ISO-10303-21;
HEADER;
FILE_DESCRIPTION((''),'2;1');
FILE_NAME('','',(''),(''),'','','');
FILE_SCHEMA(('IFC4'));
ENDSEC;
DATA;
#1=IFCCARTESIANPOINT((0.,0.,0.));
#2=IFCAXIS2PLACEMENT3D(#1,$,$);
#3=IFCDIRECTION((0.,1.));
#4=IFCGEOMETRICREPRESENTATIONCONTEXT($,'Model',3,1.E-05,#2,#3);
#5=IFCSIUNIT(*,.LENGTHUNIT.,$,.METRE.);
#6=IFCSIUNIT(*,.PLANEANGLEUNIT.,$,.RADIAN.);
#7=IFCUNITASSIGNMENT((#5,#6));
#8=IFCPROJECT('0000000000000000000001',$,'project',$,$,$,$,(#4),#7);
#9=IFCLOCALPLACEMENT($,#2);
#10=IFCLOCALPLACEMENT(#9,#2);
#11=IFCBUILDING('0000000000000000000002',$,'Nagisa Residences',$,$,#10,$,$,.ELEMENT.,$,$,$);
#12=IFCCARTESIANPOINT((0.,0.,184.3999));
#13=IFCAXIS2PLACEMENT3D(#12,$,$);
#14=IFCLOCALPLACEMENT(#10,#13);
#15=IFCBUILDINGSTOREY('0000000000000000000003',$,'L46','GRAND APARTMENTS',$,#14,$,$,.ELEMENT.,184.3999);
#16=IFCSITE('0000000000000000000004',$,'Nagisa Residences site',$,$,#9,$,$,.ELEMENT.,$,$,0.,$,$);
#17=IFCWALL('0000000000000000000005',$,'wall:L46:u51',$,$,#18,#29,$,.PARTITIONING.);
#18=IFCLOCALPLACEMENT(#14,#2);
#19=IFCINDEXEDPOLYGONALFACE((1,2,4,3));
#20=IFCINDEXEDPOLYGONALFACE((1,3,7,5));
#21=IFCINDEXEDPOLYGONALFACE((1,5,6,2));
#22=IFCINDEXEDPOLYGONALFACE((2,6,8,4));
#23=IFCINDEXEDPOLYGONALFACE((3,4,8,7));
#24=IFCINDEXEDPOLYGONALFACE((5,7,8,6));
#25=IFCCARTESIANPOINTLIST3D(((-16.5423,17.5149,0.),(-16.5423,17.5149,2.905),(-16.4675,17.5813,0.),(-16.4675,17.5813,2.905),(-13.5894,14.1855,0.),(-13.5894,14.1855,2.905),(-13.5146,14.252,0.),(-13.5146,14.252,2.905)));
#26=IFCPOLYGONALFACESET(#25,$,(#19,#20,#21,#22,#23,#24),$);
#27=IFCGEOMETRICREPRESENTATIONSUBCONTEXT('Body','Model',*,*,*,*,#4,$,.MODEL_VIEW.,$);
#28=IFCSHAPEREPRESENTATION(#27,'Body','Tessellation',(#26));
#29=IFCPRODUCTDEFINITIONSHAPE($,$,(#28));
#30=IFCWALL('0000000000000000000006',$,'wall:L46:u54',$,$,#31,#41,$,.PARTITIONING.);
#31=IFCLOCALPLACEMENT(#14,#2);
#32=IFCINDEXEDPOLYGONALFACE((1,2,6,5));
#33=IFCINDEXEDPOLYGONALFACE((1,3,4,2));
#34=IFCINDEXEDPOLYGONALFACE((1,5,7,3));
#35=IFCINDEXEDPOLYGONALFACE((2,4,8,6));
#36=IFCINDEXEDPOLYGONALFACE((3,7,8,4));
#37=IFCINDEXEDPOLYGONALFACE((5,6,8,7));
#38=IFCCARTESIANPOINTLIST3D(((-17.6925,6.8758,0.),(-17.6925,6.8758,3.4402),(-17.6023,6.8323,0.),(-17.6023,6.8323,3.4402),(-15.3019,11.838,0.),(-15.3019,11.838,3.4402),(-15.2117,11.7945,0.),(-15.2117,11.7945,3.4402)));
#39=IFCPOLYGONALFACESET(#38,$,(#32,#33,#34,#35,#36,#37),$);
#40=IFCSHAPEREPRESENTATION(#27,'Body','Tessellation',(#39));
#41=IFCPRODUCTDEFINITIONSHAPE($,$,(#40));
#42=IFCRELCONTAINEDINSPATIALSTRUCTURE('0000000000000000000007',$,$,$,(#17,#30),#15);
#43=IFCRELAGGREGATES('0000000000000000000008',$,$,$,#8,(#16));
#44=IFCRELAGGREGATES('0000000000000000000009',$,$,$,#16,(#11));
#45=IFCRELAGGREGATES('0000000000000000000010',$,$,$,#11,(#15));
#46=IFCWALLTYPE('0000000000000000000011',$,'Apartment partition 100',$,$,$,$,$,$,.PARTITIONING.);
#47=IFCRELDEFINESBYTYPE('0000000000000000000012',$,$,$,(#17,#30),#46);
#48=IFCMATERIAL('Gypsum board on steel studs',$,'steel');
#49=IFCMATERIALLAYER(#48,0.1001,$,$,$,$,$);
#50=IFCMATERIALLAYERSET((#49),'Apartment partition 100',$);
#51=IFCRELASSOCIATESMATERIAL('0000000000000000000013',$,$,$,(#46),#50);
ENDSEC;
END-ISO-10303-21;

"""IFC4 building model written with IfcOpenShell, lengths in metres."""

from ifc_helpers import new_model, si_unit, direction, frame, frame_2d, origin, place, context, subcontext, project, spatial, rectangle, extrude, material, layer, layer_set, type_object, element, save


model = new_model("IFC4")

# Units and contexts
model_context = context("Model", 3, precision=1e-05, world=origin(), true_north=direction((0.0, 1.0)))
body_context = subcontext(model_context, "Body", "Model", "MODEL_VIEW")
ifc_project = project(units=[si_unit("LENGTHUNIT", "METRE"), si_unit("PLANEANGLEUNIT", "RADIAN")], contexts=[model_context])

# Site, building, storey
site_placement = place(None, origin())
site = spatial("IfcSite", under=ifc_project, at=site_placement, Name="Nagisa Residences site", CompositionType="ELEMENT", RefElevation=0.0)
building_placement = place(site_placement, origin())
building = spatial("IfcBuilding", under=site, at=building_placement, Name="Nagisa Residences", CompositionType="ELEMENT")
storey_placement = place(building_placement, frame((0.0, 0.0, 184.3999)))
storey = spatial("IfcBuildingStorey", under=building, at=storey_placement, Name="L46", Description="GRAND APARTMENTS", CompositionType="ELEMENT", Elevation=184.3999)

# Shared definitions
ifc_material_1 = material(Name="Gypsum board on steel studs", Category="steel")
ifc_layer_1 = layer(ifc_material_1, 0.1001)
ifc_layer_set_1 = layer_set([ifc_layer_1], Name="Apartment partition 100")
wall_type_1 = type_object("IfcWallType", Name="Apartment partition 100", PredefinedType="PARTITIONING", material=ifc_layer_set_1)

# Walls
wall_1_placement = place(storey_placement, frame((-13.552, 14.2188, 0.0), z_axis=(0.0, 0.0, 1.0), x_axis=(-0.663543, 0.748138, 0.0)))
element("IfcWall", 1, at=wall_1_placement, inside=storey, type_object=wall_type_1, Name="wall:L46:u51", PredefinedType="PARTITIONING", context=body_context, shape_type="SweptSolid", body=[
    extrude(rectangle(XDim=4.4502, YDim=0.1001, at=frame_2d((2.2251, 0.0))), origin(), (0.0, 0.0, 1.0), 2.905),
])
wall_2_placement = place(storey_placement, frame((-15.2568, 11.8162, 0.0), z_axis=(0.0, 0.0, 1.0), x_axis=(-0.434028, -0.9009, 0.0)))
element("IfcWall", 2, at=wall_2_placement, inside=storey, type_object=wall_type_1, Name="wall:L46:u54", PredefinedType="PARTITIONING", context=body_context, shape_type="SweptSolid", body=[
    extrude(rectangle(XDim=5.5081, YDim=0.1001, at=frame_2d((2.7539, 0.0))), origin(), (0.0, 0.0, 1.0), 3.4402),
])

save(model, "model.ifc")
